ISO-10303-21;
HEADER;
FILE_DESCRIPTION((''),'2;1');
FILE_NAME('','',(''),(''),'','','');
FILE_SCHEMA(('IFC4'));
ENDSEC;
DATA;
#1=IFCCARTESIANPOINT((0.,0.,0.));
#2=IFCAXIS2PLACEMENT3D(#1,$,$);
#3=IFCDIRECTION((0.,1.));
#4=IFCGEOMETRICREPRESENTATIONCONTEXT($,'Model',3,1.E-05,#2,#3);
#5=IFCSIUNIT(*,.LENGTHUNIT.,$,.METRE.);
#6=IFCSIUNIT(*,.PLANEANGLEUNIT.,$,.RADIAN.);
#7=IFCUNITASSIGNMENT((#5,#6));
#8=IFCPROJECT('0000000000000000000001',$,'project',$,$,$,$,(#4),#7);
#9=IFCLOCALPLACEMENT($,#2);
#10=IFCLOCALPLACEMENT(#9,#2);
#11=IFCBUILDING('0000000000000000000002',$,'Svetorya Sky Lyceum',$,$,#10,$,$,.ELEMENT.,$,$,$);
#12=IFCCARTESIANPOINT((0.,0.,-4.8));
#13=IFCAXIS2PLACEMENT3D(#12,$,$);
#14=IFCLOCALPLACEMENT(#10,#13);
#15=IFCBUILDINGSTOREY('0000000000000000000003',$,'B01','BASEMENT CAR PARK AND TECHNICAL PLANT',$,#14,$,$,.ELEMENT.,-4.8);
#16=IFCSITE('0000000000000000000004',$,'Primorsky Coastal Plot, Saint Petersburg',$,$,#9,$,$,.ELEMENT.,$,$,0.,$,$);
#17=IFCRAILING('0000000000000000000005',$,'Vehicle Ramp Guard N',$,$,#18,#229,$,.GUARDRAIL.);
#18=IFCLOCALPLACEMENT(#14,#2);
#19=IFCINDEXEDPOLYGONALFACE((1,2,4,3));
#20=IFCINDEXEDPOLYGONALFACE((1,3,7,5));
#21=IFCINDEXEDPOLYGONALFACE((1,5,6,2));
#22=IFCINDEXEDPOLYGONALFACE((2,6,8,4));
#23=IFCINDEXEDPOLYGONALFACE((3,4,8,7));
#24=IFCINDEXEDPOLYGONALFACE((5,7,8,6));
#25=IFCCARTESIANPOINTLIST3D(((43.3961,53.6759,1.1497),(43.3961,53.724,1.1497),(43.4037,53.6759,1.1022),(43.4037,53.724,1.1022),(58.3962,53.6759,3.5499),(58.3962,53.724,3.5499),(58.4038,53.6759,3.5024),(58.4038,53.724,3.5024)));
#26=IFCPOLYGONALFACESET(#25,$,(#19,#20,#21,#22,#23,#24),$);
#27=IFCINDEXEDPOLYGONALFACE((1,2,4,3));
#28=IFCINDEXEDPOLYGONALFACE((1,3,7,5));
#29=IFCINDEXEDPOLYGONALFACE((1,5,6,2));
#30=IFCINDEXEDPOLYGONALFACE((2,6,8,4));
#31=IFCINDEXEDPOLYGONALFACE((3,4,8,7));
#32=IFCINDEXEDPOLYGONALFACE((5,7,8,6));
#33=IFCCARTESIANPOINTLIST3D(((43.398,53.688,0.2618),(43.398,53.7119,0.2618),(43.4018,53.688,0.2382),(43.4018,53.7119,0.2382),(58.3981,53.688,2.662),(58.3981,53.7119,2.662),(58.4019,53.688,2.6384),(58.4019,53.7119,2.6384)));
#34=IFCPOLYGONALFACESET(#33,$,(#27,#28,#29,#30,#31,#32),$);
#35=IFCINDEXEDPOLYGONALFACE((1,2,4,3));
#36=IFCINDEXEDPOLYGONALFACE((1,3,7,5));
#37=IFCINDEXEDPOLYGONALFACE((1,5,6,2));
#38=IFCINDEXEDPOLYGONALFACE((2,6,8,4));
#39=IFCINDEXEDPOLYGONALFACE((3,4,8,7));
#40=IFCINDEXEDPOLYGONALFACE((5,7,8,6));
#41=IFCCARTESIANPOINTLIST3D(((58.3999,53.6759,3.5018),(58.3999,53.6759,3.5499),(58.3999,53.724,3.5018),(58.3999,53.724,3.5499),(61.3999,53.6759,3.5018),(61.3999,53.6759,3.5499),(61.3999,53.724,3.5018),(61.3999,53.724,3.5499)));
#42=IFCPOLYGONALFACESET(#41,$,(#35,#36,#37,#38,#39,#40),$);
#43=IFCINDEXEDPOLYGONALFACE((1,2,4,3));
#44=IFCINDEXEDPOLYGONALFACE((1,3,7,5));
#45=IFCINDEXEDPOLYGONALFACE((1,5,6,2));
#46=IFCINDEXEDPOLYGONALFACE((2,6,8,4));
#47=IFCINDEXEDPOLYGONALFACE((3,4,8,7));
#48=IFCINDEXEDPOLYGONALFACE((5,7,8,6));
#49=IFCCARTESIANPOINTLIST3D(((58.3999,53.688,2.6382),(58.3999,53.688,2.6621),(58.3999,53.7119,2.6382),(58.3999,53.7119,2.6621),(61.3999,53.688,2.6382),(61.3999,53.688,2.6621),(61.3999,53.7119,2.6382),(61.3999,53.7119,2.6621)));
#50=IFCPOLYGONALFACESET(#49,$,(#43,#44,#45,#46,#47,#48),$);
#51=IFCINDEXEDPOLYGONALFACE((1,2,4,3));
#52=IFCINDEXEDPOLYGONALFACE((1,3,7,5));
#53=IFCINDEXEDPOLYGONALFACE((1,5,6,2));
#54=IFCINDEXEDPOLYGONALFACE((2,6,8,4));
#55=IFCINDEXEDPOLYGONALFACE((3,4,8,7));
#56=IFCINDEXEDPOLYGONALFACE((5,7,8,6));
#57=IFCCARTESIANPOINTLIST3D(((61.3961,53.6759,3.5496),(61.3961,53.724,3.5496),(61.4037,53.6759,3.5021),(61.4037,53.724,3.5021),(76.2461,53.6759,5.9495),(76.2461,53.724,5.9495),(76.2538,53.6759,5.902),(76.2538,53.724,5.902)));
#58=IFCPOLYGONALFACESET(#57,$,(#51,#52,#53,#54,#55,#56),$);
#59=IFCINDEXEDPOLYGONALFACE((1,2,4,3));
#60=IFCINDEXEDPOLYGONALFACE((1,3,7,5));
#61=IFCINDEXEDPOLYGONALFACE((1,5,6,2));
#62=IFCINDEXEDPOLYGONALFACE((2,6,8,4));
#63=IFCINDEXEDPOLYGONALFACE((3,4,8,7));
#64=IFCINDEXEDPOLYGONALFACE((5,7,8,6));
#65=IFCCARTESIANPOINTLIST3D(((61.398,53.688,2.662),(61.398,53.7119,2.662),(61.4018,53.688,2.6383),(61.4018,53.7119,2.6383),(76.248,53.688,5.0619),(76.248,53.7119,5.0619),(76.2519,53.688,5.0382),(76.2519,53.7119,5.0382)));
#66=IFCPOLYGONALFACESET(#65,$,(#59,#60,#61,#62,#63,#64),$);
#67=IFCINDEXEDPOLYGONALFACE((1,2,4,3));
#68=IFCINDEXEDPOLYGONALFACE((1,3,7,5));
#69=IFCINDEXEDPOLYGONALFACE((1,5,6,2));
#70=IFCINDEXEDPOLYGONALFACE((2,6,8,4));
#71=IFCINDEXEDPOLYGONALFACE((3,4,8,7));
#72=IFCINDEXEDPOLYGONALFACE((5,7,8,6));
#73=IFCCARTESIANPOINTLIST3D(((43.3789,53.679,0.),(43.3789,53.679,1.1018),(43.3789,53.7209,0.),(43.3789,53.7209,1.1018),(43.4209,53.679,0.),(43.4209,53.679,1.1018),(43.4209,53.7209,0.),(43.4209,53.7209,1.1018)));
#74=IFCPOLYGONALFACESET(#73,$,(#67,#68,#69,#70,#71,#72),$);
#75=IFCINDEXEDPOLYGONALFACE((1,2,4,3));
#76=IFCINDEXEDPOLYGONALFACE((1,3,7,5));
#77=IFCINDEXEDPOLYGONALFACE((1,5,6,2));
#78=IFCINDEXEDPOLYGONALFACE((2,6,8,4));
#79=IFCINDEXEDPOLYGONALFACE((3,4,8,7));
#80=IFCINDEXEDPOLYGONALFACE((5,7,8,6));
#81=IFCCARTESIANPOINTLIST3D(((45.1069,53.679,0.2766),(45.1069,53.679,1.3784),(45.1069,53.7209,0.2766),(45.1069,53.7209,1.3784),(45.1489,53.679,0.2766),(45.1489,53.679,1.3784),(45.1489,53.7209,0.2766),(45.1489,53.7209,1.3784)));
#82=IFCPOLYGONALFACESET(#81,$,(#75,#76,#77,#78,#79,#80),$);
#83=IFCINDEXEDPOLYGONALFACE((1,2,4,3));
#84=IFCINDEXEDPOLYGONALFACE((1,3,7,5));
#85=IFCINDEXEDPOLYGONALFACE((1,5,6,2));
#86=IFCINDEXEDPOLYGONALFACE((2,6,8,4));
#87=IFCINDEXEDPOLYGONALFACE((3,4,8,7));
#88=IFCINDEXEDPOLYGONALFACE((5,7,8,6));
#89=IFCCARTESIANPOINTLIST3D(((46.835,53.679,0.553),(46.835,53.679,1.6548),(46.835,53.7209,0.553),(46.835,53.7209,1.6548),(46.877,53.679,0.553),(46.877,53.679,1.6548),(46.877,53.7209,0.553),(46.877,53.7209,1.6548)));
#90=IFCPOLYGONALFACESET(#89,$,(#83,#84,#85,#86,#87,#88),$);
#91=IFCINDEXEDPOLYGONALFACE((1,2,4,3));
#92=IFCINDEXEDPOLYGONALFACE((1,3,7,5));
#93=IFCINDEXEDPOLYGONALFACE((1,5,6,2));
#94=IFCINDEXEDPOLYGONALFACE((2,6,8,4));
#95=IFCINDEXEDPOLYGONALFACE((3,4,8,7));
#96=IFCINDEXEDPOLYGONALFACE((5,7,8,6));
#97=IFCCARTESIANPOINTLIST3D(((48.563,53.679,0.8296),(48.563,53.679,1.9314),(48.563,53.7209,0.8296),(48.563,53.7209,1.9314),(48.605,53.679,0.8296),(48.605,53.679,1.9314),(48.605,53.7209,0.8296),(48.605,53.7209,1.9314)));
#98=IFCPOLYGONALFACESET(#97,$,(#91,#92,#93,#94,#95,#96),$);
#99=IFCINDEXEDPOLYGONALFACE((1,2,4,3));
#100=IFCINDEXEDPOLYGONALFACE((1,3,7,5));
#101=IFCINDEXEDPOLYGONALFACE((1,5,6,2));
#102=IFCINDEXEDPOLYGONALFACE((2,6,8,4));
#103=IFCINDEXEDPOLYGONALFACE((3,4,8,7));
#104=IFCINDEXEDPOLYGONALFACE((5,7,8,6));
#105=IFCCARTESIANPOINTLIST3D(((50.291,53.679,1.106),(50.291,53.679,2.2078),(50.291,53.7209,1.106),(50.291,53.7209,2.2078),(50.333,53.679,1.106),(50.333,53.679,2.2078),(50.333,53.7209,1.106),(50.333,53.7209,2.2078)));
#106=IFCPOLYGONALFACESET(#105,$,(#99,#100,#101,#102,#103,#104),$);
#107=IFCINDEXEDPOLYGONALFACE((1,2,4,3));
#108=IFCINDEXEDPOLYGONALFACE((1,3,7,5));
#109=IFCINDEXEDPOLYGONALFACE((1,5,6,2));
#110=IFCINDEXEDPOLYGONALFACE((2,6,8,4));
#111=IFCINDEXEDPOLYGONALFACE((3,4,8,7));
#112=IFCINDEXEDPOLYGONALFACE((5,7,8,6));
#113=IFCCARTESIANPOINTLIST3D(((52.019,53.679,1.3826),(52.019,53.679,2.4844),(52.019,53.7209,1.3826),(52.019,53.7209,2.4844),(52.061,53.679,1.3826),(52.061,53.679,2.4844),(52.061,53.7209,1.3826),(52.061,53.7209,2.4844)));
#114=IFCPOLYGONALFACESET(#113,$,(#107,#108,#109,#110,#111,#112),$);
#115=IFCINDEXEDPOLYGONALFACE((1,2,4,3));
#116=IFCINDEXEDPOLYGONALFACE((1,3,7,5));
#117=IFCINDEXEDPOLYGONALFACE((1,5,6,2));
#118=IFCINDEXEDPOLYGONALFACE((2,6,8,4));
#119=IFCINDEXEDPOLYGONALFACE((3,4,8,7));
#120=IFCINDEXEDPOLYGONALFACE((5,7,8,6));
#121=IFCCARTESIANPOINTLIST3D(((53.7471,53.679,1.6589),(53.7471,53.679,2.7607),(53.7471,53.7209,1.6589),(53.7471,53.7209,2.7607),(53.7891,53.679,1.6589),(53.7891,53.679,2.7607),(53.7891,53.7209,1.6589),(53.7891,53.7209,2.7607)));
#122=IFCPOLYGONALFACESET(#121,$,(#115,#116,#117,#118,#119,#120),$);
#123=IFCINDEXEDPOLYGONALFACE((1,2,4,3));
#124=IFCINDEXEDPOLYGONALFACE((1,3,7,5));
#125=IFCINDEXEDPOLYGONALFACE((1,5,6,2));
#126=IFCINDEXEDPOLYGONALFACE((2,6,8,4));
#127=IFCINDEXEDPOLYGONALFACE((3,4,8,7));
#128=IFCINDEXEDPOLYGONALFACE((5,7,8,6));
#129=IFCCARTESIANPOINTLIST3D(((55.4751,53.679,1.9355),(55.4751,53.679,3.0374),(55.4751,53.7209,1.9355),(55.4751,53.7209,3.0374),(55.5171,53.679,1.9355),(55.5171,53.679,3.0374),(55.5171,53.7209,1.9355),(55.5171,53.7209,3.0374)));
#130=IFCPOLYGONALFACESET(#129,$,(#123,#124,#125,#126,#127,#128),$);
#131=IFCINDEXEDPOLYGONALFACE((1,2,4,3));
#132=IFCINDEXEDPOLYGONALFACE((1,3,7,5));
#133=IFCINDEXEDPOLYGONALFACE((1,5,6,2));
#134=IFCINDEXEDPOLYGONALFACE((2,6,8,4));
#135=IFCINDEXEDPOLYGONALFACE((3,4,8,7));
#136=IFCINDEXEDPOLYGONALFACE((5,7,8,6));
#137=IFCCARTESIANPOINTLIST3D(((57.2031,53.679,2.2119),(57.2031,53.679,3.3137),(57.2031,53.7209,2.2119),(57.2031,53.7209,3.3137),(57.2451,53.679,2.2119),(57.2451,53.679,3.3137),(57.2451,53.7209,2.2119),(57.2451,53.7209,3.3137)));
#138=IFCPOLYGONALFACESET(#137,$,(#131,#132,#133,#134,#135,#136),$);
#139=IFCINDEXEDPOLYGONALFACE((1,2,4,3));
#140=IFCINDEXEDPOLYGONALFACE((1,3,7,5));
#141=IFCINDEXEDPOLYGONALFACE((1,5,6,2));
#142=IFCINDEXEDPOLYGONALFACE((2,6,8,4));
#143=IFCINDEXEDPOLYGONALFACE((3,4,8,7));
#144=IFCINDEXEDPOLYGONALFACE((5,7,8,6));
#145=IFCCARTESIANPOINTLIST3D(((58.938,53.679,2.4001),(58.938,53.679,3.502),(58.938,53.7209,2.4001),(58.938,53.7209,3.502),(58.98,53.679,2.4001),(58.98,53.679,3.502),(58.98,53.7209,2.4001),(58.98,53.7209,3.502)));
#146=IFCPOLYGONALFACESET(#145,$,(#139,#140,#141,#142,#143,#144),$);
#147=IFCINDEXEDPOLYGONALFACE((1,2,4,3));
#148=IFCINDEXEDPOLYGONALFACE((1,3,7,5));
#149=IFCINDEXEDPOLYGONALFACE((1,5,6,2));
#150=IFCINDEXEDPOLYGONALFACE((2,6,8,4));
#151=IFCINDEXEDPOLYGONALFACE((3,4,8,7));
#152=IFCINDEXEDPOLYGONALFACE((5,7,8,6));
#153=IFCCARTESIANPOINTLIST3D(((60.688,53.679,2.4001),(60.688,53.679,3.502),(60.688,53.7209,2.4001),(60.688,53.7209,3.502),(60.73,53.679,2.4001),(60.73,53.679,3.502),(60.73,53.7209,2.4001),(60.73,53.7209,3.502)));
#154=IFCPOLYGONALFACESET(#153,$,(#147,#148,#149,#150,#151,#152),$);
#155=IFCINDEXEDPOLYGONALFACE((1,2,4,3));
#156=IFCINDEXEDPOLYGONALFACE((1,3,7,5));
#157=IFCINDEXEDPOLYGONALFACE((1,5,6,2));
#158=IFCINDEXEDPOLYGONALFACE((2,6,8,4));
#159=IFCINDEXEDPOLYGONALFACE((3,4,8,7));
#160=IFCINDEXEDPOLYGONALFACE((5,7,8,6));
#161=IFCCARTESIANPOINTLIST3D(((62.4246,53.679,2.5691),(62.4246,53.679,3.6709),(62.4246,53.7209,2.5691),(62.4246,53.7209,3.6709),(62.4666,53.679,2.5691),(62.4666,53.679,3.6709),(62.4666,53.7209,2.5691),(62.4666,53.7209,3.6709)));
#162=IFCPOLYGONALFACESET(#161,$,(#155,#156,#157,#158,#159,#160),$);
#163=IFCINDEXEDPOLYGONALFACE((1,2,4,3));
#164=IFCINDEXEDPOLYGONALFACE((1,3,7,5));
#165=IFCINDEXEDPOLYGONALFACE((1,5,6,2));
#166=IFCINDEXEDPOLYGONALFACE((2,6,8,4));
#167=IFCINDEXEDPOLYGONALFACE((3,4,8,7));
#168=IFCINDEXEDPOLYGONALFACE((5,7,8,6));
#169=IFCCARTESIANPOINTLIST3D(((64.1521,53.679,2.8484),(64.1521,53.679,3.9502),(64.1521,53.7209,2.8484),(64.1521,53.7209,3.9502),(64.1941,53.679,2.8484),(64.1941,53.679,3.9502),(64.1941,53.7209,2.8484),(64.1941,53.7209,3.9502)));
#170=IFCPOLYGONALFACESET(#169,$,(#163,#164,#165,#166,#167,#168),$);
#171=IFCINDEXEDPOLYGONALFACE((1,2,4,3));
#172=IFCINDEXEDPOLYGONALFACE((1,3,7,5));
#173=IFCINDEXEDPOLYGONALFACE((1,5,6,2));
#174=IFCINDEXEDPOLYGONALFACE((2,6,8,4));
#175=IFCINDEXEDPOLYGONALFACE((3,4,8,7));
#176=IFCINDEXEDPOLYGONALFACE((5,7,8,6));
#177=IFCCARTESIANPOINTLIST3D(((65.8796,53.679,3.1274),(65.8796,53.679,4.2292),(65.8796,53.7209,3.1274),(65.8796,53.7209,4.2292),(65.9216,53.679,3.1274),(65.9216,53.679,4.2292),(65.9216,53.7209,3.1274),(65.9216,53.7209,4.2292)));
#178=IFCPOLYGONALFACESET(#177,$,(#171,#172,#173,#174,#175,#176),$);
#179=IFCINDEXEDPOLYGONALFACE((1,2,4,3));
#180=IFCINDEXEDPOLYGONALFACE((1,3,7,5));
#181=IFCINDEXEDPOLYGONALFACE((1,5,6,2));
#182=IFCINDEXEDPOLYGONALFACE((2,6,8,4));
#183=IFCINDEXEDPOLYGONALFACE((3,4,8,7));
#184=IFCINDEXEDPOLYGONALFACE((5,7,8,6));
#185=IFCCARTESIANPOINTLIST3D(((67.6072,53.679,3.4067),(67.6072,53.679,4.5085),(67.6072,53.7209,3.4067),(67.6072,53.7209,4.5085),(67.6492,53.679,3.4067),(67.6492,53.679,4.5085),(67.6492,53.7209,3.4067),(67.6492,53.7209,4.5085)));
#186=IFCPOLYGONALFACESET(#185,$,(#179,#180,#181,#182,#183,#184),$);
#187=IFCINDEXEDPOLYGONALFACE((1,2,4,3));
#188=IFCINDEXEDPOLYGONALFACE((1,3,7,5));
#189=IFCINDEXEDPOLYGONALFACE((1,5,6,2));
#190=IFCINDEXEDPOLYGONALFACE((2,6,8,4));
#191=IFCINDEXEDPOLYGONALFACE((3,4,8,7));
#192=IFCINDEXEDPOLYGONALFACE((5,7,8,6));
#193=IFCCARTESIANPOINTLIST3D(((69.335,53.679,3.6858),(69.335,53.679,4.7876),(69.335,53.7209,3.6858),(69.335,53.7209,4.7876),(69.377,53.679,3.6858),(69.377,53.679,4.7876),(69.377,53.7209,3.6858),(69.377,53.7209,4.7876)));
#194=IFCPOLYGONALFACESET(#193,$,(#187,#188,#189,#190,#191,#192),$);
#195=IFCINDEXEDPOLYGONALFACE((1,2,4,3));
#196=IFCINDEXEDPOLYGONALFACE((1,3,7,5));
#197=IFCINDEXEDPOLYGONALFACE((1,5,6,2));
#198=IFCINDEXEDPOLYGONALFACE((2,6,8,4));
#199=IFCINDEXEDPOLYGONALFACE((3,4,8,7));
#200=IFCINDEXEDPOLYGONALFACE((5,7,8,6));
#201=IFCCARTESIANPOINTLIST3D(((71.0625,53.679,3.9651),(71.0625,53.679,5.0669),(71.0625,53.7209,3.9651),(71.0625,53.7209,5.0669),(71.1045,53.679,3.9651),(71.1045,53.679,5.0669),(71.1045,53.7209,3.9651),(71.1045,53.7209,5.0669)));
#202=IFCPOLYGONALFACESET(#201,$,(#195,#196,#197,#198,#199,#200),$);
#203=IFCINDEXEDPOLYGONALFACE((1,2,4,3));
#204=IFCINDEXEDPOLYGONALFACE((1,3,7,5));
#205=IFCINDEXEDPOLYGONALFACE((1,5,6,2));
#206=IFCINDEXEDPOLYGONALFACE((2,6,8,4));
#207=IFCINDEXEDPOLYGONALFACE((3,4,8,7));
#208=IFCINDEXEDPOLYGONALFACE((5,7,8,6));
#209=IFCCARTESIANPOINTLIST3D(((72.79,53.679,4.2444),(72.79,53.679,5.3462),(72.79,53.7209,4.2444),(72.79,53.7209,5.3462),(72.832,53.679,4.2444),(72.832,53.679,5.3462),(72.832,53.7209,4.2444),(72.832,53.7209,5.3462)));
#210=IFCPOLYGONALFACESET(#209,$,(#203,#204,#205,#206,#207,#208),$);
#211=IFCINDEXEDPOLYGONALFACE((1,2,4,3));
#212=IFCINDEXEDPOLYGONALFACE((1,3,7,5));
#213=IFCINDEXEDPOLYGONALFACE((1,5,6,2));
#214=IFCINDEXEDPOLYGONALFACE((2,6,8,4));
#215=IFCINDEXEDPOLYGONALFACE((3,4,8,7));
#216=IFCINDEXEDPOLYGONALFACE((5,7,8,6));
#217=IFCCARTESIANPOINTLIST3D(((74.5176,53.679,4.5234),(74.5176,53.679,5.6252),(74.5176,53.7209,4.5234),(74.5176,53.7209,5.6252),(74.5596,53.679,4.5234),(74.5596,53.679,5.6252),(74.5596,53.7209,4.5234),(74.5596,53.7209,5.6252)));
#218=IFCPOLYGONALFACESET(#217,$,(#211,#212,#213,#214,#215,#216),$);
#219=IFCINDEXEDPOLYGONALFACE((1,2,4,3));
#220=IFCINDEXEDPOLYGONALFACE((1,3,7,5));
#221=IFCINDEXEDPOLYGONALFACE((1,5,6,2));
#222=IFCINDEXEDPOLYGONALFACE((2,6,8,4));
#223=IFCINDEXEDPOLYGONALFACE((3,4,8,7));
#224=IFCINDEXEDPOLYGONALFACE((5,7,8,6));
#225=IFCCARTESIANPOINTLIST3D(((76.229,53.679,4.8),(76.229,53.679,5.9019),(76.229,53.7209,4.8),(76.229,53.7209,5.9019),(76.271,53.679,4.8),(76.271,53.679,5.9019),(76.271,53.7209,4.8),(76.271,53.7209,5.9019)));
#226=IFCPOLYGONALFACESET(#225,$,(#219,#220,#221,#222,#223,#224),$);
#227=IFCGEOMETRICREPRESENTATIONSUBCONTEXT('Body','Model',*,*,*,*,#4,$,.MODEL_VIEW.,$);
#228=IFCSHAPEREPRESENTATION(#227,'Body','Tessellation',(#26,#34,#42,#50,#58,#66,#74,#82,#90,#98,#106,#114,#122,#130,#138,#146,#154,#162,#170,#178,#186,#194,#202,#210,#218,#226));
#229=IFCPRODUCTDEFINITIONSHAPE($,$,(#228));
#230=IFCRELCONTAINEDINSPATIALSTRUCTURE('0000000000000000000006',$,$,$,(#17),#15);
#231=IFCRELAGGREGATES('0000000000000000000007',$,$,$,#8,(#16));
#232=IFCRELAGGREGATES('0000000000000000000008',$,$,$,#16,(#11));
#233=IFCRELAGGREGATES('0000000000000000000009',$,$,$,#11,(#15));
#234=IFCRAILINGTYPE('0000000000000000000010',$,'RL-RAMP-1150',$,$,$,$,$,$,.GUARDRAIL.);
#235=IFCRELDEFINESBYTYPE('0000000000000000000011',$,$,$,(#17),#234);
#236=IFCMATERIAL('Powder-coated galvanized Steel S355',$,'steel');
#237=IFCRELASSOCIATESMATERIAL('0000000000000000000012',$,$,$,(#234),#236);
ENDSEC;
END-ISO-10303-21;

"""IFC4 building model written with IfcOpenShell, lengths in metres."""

from ifc_helpers import new_model, si_unit, direction, frame, origin, origin_2d, place, context, subcontext, project, spatial, rectangle, extrude, material, type_object, element, save


model = new_model("IFC4")

# Units and contexts
model_context = context("Model", 3, precision=1e-05, world=origin(), true_north=direction((0.0, 1.0)))
body_context = subcontext(model_context, "Body", "Model", "MODEL_VIEW")
ifc_project = project(units=[si_unit("LENGTHUNIT", "METRE"), si_unit("PLANEANGLEUNIT", "RADIAN")], contexts=[model_context])

# Site, building, storey
site_placement = place(None, origin())
site = spatial("IfcSite", under=ifc_project, at=site_placement, Name="Primorsky Coastal Plot, Saint Petersburg", CompositionType="ELEMENT", RefElevation=0.0)
building_placement = place(site_placement, origin())
building = spatial("IfcBuilding", under=site, at=building_placement, Name="Svetorya Sky Lyceum", CompositionType="ELEMENT")
storey_placement = place(building_placement, frame((0.0, 0.0, -4.8)))
storey = spatial("IfcBuildingStorey", under=building, at=storey_placement, Name="B01", Description="BASEMENT CAR PARK AND TECHNICAL PLANT", CompositionType="ELEMENT", Elevation=-4.8)

# Railing
ifc_material_1 = material(Name="Powder-coated galvanized Steel S355", Category="steel")
railing_type = type_object("IfcRailingType", Name="RL-RAMP-1150", PredefinedType="GUARDRAIL", material=ifc_material_1)
railing_1_placement = place(storey_placement, frame((43.3999, 53.7, 0.0)))
element("IfcRailing", 1, at=railing_1_placement, inside=storey, type_object=railing_type, Name="Vehicle Ramp Guard N", PredefinedType="GUARDRAIL", context=body_context, shape_type="SweptSolid", body=[
    extrude(rectangle(XDim=0.0481, YDim=0.0481, at=origin_2d()), frame((0.0, 0.0, 1.126), z_axis=(0.987439, 0.0, 0.158), x_axis=(0.0, 1.0, 0.0)), (0.0, 0.0, 1.0), 15.1909),
    extrude(rectangle(XDim=0.0239, YDim=0.0239, at=origin_2d()), frame((0.0, 0.0, 0.25), z_axis=(0.987439, 0.0, 0.158), x_axis=(0.0, 1.0, 0.0)), (0.0, 0.0, 1.0), 15.1909),
    extrude(rectangle(XDim=0.0481, YDim=0.0481, at=origin_2d()), frame((15.0, 0.0, 3.5259), z_axis=(1.0, 0.0, 0.0), x_axis=(0.0, 1.0, 0.0)), (0.0, 0.0, 1.0), 3.0),
    extrude(rectangle(XDim=0.0239, YDim=0.0239, at=origin_2d()), frame((15.0, 0.0, 2.6501), z_axis=(1.0, 0.0, 0.0), x_axis=(0.0, 1.0, 0.0)), (0.0, 0.0, 1.0), 3.0),
    extrude(rectangle(XDim=0.0481, YDim=0.0481, at=origin_2d()), frame((18.0, 0.0, 3.5259), z_axis=(0.987192, 0.0, 0.159539), x_axis=(0.0, 1.0, 0.0)), (0.0, 0.0, 1.0), 15.0427),
    extrude(rectangle(XDim=0.0239, YDim=0.0239, at=origin_2d()), frame((18.0, 0.0, 2.6501), z_axis=(0.987192, 0.0, 0.159539), x_axis=(0.0, 1.0, 0.0)), (0.0, 0.0, 1.0), 15.0427),
    extrude(rectangle(XDim=0.042, YDim=0.042, at=origin_2d()), origin(), (0.0, 0.0, 1.0), 1.1018),
    extrude(rectangle(XDim=0.042, YDim=0.042, at=origin_2d()), frame((1.728, 0.0, 0.2766)), (0.0, 0.0, 1.0), 1.1018),
    extrude(rectangle(XDim=0.042, YDim=0.042, at=origin_2d()), frame((3.4561, 0.0, 0.553)), (0.0, 0.0, 1.0), 1.1018),
    extrude(rectangle(XDim=0.042, YDim=0.042, at=origin_2d()), frame((5.1841, 0.0, 0.8296)), (0.0, 0.0, 1.0), 1.1018),
    extrude(rectangle(XDim=0.042, YDim=0.042, at=origin_2d()), frame((6.9121, 0.0, 1.106)), (0.0, 0.0, 1.0), 1.1018),
    extrude(rectangle(XDim=0.042, YDim=0.042, at=origin_2d()), frame((8.6401, 0.0, 1.3826)), (0.0, 0.0, 1.0), 1.1018),
    extrude(rectangle(XDim=0.042, YDim=0.042, at=origin_2d()), frame((10.3682, 0.0, 1.6589)), (0.0, 0.0, 1.0), 1.1018),
    extrude(rectangle(XDim=0.042, YDim=0.042, at=origin_2d()), frame((12.0962, 0.0, 1.9355)), (0.0, 0.0, 1.0), 1.1018),
    extrude(rectangle(XDim=0.042, YDim=0.042, at=origin_2d()), frame((13.8242, 0.0, 2.2119)), (0.0, 0.0, 1.0), 1.1018),
    extrude(rectangle(XDim=0.042, YDim=0.042, at=origin_2d()), frame((15.5591, 0.0, 2.4001)), (0.0, 0.0, 1.0), 1.1018),
    extrude(rectangle(XDim=0.042, YDim=0.042, at=origin_2d()), frame((17.3091, 0.0, 2.4001)), (0.0, 0.0, 1.0), 1.1018),
    extrude(rectangle(XDim=0.042, YDim=0.042, at=origin_2d()), frame((19.0457, 0.0, 2.5691)), (0.0, 0.0, 1.0), 1.1018),
    extrude(rectangle(XDim=0.042, YDim=0.042, at=origin_2d()), frame((20.7732, 0.0, 2.8484)), (0.0, 0.0, 1.0), 1.1018),
    extrude(rectangle(XDim=0.042, YDim=0.042, at=origin_2d()), frame((22.5007, 0.0, 3.1274)), (0.0, 0.0, 1.0), 1.1018),
    extrude(rectangle(XDim=0.042, YDim=0.042, at=origin_2d()), frame((24.2283, 0.0, 3.4067)), (0.0, 0.0, 1.0), 1.1018),
    extrude(rectangle(XDim=0.042, YDim=0.042, at=origin_2d()), frame((25.9561, 0.0, 3.6858)), (0.0, 0.0, 1.0), 1.1018),
    extrude(rectangle(XDim=0.042, YDim=0.042, at=origin_2d()), frame((27.6836, 0.0, 3.9651)), (0.0, 0.0, 1.0), 1.1018),
    extrude(rectangle(XDim=0.042, YDim=0.042, at=origin_2d()), frame((29.4111, 0.0, 4.2444)), (0.0, 0.0, 1.0), 1.1018),
    extrude(rectangle(XDim=0.042, YDim=0.042, at=origin_2d()), frame((31.1387, 0.0, 4.5234)), (0.0, 0.0, 1.0), 1.1018),
    extrude(rectangle(XDim=0.042, YDim=0.042, at=origin_2d()), frame((32.8501, 0.0, 4.8)), (0.0, 0.0, 1.0), 1.1018),
])

save(model, "model.ifc")
